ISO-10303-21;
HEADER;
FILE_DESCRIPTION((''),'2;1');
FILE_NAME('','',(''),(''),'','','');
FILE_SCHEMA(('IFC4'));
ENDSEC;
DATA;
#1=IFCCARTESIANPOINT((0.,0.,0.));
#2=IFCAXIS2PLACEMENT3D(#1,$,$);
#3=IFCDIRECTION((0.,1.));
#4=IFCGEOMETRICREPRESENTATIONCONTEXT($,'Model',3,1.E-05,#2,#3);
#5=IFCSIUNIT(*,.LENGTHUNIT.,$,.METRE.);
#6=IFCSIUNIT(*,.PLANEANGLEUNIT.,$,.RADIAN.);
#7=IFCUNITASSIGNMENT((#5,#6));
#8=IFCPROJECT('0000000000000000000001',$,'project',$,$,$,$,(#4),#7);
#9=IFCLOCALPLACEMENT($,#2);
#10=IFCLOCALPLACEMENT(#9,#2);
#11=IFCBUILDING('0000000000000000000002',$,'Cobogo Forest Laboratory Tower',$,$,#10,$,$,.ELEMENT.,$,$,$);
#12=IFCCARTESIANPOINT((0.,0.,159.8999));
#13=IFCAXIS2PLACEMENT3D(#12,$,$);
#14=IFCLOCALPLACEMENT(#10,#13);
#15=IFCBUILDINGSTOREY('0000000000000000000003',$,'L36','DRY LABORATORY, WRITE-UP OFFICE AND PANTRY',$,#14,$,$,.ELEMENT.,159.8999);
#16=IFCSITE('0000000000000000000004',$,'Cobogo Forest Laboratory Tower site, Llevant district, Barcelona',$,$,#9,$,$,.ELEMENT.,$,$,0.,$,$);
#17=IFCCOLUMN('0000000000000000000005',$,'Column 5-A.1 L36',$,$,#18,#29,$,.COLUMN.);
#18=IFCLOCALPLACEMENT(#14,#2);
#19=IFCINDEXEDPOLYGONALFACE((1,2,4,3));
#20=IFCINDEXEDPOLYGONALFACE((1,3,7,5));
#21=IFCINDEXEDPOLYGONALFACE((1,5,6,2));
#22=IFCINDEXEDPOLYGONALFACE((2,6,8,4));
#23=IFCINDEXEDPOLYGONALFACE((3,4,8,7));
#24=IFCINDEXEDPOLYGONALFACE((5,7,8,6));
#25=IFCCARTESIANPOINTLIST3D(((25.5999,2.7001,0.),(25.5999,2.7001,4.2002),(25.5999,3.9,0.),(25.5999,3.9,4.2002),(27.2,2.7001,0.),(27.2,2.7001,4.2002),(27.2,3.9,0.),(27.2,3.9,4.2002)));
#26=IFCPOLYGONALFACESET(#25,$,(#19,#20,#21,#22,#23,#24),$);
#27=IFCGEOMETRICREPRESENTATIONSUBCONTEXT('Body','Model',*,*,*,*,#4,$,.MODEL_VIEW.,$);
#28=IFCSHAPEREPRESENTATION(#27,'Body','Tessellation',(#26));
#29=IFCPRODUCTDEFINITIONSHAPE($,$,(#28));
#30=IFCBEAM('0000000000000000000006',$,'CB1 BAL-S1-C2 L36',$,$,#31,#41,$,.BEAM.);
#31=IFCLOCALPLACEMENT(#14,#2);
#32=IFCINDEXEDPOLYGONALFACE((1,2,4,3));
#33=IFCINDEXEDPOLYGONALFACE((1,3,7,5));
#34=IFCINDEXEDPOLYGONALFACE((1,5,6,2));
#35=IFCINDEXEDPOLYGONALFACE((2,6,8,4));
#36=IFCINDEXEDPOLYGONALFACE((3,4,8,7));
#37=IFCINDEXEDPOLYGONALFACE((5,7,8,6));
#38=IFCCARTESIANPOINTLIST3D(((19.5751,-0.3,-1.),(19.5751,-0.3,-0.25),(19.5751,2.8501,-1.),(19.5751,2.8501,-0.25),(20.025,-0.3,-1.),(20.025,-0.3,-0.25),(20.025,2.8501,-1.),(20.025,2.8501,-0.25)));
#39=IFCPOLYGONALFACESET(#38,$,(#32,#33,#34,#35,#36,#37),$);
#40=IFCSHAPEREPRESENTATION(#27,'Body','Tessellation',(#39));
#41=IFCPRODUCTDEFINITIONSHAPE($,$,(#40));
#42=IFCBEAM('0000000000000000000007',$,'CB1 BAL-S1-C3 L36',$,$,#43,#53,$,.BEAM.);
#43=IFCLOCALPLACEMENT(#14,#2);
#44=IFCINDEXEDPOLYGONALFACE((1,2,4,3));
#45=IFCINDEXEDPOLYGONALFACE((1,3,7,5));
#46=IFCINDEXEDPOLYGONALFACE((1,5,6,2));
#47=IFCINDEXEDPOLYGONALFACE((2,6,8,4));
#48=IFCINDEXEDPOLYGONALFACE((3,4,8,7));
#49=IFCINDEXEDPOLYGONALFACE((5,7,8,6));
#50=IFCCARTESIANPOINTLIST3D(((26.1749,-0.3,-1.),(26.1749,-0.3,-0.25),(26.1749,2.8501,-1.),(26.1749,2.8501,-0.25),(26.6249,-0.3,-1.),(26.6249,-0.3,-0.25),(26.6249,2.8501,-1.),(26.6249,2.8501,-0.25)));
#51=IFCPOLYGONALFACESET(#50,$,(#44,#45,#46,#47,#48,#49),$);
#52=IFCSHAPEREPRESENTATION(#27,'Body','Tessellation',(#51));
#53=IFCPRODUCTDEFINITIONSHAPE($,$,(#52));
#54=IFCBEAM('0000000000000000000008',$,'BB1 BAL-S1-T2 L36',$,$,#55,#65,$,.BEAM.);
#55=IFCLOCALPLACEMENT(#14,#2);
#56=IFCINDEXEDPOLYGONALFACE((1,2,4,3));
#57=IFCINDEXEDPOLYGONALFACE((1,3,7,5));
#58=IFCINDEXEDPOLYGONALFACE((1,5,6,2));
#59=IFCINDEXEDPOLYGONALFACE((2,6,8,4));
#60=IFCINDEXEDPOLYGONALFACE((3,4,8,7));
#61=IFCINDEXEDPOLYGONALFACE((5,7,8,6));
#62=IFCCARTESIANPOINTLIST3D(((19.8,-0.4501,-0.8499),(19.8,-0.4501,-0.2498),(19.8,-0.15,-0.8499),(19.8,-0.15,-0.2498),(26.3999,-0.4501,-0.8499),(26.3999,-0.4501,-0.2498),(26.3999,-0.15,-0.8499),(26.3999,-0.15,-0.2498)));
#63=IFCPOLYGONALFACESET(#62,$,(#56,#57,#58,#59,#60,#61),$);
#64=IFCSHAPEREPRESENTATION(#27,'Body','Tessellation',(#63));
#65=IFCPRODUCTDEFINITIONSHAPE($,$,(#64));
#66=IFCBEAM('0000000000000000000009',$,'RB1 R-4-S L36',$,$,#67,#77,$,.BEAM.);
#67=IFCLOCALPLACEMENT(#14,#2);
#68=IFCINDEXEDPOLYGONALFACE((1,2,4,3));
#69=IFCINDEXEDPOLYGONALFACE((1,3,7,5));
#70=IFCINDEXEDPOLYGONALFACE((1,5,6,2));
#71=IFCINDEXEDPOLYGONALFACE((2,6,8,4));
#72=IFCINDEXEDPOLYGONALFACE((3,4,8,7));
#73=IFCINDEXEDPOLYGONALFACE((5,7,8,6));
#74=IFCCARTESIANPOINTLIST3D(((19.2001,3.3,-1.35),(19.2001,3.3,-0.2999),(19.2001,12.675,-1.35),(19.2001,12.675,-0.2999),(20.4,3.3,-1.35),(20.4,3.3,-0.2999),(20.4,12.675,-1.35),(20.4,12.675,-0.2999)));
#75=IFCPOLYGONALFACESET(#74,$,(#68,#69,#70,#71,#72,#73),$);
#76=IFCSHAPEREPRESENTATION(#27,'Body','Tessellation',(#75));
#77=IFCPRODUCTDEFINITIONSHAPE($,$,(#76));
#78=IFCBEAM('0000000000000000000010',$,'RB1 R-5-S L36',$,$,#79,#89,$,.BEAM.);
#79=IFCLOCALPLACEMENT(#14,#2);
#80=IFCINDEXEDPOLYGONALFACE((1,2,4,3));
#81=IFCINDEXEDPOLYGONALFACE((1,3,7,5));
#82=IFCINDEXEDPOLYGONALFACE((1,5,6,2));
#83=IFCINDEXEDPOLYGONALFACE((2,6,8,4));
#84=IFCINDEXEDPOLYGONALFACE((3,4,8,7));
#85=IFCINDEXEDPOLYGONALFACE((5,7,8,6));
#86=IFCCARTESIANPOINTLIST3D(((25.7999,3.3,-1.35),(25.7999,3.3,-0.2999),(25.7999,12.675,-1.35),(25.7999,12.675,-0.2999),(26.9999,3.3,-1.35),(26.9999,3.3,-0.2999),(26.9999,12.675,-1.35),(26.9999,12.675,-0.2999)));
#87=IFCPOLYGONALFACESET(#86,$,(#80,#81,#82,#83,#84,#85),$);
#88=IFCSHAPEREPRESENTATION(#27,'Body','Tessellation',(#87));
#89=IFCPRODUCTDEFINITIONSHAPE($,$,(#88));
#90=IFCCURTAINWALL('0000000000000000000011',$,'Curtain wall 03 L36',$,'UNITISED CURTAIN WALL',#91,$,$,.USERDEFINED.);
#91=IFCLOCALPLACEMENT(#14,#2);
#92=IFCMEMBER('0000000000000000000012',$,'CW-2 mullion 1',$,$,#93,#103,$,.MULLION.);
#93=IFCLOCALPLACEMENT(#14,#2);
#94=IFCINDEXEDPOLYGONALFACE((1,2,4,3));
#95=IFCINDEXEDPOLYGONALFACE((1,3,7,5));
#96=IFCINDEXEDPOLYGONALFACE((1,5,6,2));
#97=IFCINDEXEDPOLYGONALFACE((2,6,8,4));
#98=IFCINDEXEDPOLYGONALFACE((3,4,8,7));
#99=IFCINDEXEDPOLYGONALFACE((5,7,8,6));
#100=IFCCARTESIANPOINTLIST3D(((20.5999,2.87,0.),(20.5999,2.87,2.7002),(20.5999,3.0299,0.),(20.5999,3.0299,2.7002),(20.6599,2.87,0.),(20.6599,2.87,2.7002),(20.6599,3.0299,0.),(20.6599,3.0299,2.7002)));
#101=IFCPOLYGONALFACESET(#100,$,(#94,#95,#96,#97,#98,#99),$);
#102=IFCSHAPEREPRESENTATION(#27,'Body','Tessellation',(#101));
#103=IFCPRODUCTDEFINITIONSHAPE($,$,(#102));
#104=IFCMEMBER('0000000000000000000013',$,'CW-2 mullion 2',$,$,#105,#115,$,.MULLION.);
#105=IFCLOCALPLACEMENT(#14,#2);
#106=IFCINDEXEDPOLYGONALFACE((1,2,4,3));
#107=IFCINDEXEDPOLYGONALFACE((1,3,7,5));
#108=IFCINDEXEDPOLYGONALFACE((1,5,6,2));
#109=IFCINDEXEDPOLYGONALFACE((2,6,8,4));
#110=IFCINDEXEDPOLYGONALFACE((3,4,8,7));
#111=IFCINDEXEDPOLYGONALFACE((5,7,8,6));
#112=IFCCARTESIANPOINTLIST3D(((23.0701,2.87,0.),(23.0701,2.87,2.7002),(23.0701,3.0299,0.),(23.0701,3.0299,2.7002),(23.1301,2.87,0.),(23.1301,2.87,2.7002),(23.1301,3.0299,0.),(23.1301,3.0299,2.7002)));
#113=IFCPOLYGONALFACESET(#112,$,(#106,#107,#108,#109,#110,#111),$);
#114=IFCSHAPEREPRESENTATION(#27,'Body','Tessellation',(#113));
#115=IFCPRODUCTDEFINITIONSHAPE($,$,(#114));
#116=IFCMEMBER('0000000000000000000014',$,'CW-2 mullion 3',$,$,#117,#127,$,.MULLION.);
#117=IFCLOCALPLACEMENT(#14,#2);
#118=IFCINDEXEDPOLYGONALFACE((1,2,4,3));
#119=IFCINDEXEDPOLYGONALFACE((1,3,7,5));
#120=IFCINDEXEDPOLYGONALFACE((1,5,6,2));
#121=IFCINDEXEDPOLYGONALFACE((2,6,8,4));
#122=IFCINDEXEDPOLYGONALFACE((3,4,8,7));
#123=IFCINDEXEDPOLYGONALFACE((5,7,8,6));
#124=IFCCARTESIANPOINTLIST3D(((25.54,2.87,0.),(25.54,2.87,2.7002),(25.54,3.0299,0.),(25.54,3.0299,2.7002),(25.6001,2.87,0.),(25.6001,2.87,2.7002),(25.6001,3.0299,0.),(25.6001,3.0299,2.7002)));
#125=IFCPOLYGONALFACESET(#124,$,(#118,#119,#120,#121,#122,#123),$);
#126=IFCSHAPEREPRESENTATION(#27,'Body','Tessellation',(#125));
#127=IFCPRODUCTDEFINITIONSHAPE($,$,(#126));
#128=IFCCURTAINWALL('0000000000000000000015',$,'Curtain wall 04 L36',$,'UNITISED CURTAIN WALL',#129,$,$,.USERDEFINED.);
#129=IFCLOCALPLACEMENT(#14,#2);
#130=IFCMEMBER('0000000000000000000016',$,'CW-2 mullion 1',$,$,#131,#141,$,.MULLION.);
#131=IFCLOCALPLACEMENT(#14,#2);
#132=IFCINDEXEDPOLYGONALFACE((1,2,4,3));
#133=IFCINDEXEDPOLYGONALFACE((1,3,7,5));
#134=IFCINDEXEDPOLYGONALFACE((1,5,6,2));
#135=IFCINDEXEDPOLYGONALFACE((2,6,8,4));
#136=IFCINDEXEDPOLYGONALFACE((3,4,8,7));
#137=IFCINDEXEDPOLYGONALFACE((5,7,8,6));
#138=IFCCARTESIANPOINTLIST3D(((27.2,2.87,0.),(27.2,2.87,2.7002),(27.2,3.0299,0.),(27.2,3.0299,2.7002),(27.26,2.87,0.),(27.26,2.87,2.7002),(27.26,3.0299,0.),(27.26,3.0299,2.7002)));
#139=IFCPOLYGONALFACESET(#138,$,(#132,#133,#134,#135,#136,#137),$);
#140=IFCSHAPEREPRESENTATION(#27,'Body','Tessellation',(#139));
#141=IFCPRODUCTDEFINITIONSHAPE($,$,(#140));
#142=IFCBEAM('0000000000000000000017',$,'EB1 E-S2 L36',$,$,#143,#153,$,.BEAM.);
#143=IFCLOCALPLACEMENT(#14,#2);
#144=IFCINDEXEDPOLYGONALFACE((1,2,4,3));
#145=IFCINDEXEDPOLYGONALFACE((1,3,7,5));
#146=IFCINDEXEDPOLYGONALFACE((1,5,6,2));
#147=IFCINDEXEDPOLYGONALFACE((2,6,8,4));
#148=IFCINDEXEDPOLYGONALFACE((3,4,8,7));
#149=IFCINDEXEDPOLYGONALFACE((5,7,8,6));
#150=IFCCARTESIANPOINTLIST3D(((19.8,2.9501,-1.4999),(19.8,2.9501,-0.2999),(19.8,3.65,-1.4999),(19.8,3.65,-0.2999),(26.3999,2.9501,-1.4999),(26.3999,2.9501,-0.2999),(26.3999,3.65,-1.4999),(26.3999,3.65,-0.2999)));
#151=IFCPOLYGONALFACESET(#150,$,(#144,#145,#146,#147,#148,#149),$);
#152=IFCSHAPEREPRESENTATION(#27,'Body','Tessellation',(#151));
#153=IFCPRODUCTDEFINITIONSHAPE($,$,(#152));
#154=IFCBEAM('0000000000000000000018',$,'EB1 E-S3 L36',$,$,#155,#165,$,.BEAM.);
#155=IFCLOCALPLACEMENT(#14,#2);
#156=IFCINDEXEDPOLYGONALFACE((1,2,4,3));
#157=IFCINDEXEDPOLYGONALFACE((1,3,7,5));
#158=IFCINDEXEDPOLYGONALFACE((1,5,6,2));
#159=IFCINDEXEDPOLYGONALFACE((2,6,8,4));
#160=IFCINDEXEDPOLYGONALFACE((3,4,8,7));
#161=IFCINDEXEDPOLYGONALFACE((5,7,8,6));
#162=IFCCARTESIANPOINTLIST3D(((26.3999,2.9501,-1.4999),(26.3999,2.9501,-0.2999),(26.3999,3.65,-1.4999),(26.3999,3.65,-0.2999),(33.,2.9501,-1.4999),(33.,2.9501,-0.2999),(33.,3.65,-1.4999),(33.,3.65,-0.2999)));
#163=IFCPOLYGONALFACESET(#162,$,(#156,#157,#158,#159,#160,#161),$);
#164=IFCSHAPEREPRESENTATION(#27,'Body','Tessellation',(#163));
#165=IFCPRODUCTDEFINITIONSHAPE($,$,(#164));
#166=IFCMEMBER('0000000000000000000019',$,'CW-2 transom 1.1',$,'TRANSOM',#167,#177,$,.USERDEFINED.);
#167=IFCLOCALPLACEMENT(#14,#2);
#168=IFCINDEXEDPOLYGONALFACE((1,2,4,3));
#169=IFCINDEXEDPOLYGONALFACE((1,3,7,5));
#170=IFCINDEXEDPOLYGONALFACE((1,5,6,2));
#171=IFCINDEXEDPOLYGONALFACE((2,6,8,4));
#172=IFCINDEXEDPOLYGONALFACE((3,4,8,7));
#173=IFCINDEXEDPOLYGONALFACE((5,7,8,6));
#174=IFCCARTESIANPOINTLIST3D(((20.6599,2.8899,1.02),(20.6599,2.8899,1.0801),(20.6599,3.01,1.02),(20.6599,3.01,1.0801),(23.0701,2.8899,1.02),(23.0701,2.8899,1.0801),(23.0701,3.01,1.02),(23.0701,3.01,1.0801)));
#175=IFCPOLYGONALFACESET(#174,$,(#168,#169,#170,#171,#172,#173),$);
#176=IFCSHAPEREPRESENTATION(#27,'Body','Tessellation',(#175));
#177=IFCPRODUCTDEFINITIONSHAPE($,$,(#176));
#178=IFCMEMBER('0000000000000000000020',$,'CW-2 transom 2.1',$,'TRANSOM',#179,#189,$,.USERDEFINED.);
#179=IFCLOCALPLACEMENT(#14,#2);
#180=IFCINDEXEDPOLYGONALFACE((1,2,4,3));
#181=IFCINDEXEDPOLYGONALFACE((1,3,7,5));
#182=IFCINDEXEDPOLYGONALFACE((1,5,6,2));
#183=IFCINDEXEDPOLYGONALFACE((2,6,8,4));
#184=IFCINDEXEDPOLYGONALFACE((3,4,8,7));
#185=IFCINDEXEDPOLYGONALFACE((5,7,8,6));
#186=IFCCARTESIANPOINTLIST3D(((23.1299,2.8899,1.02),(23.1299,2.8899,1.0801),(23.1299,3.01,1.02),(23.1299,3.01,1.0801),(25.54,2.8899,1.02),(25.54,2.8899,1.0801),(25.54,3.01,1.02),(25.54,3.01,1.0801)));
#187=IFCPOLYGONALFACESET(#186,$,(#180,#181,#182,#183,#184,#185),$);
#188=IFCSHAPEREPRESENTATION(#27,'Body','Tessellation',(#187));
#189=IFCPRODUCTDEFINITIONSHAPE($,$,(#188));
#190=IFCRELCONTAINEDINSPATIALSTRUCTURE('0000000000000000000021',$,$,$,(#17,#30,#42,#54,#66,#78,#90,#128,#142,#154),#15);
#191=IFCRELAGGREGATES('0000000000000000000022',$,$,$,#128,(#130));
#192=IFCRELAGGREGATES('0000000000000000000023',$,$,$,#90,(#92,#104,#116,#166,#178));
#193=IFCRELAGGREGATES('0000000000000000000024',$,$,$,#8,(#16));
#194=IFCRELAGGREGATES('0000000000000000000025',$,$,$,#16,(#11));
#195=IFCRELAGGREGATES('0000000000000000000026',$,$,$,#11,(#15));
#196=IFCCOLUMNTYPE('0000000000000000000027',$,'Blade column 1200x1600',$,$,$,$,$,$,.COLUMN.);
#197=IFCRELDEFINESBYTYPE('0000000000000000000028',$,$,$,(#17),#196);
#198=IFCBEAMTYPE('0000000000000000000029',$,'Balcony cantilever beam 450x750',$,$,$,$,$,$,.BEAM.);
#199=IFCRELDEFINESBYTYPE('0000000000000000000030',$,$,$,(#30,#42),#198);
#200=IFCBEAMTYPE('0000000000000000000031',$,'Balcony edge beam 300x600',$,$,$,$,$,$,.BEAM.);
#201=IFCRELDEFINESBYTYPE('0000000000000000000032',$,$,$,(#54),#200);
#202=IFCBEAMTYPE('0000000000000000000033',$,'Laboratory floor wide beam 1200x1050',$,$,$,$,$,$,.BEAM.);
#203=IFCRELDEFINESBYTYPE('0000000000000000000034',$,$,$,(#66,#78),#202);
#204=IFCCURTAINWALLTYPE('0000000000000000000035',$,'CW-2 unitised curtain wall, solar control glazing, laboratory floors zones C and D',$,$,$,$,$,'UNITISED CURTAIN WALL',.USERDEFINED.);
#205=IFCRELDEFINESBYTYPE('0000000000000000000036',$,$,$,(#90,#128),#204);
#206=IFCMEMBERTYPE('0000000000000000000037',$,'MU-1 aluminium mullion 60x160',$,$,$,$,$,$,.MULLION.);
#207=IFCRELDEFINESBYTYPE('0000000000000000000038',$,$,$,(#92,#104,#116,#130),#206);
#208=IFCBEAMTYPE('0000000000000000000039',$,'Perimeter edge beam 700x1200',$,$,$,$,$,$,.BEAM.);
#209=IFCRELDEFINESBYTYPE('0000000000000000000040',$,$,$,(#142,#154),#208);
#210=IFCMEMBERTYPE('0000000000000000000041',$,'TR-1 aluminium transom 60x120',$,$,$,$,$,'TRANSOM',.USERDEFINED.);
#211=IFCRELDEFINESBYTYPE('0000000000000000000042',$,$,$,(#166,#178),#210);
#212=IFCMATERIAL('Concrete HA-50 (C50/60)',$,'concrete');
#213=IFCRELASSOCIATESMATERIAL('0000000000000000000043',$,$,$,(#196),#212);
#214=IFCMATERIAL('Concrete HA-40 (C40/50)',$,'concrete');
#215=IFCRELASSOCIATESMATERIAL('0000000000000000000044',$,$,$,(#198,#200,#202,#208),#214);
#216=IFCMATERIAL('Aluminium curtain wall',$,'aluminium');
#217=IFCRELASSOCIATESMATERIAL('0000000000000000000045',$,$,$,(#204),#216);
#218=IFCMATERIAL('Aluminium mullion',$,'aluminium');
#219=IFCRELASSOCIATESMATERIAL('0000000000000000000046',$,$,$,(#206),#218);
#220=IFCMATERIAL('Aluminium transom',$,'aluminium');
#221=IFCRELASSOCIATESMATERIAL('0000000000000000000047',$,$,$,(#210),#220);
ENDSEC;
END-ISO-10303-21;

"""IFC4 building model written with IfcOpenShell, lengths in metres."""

from ifc_helpers import new_model, si_unit, direction, frame, origin, origin_2d, place, context, subcontext, project, spatial, rectangle, extrude, material, material_profile, profile_set, type_object, element, aggregate, save


model = new_model("IFC4")

# Units and contexts
model_context = context("Model", 3, precision=1e-05, world=origin(), true_north=direction((0.0, 1.0)))
body_context = subcontext(model_context, "Body", "Model", "MODEL_VIEW")
ifc_project = project(units=[si_unit("LENGTHUNIT", "METRE"), si_unit("PLANEANGLEUNIT", "RADIAN")], contexts=[model_context])

# Site, building, storey
site_placement = place(None, origin())
site = spatial("IfcSite", under=ifc_project, at=site_placement, Name="Cobogo Forest Laboratory Tower site, Llevant district, Barcelona", CompositionType="ELEMENT", RefElevation=0.0)
building_placement = place(site_placement, origin())
building = spatial("IfcBuilding", under=site, at=building_placement, Name="Cobogo Forest Laboratory Tower", CompositionType="ELEMENT")
storey_placement = place(building_placement, frame((0.0, 0.0, 159.8999)))
storey = spatial("IfcBuildingStorey", under=building, at=storey_placement, Name="L36", Description="DRY LABORATORY, WRITE-UP OFFICE AND PANTRY", CompositionType="ELEMENT", Elevation=159.8999)

# Column
ifc_material_1 = material(Name="Concrete HA-50 (C50/60)", Category="concrete")
ifc_material_profile_1 = material_profile(ifc_material_1, rectangle(XDim=1.6001, YDim=1.2, at=origin_2d()), Name="RC 1200x1600")
ifc_profile_set_1 = profile_set([ifc_material_profile_1], Name="Concrete HA-50 (C50/60)")
column_type = type_object("IfcColumnType", Name="Blade column 1200x1600", PredefinedType="COLUMN", material=ifc_profile_set_1)
column_placement = place(storey_placement, frame((26.3999, 3.3, 0.0), z_axis=(0.0, 0.0, 1.0), x_axis=(1.0, 0.0, 0.0)))
element("IfcColumn", 1, at=column_placement, inside=storey, type_object=column_type, Name="Column 5-A.1 L36", PredefinedType="COLUMN", context=body_context, shape_type="SweptSolid", body=[
    extrude(rectangle(XDim=1.6001, YDim=1.2, at=origin_2d()), origin(), (0.0, 0.0, 1.0), 4.2002),
])

# Beams
ifc_material_2 = material(Name="Concrete HA-40 (C40/50)", Category="concrete")
ifc_material_profile_2 = material_profile(ifc_material_2, rectangle(XDim=0.45, YDim=0.75, at=origin_2d()), Name="RC 450x750")
ifc_profile_set_2 = profile_set([ifc_material_profile_2], Name="Concrete HA-40 (C40/50)")
beam_type_1 = type_object("IfcBeamType", Name="Balcony cantilever beam 450x750", PredefinedType="BEAM", material=ifc_profile_set_2)
for number, where, z_axis, x_axis, name in (
    (2, (19.8, 2.8501, -0.625), (0.0, -1.0, 0.0), (1.0, 0.0, 0.0), "CB1 BAL-S1-C2 L36"),
    (3, (26.3999, 2.8501, -0.625), (0.0, -1.0, 0.0), (1.0, 0.0, 0.0), "CB1 BAL-S1-C3 L36"),
):
    element("IfcBeam", number, at=place(storey_placement, frame(where, z_axis=z_axis, x_axis=x_axis)), inside=storey, type_object=beam_type_1, Name=name, PredefinedType="BEAM", context=body_context, shape_type="SweptSolid", body=[
        extrude(rectangle(XDim=0.45, YDim=0.75, at=origin_2d()), origin(), (0.0, 0.0, 1.0), 3.1501),
    ])
ifc_material_profile_3 = material_profile(ifc_material_2, rectangle(XDim=0.3, YDim=0.6001, at=origin_2d()), Name="RC 300x600")
ifc_profile_set_3 = profile_set([ifc_material_profile_3], Name="Concrete HA-40 (C40/50)")
beam_type_2 = type_object("IfcBeamType", Name="Balcony edge beam 300x600", PredefinedType="BEAM", material=ifc_profile_set_3)
beam_1_placement = place(storey_placement, frame((19.8, -0.3, -0.5498), z_axis=(1.0, 0.0, 0.0), x_axis=(0.0, 1.0, 0.0)))
element("IfcBeam", 4, at=beam_1_placement, inside=storey, type_object=beam_type_2, Name="BB1 BAL-S1-T2 L36", PredefinedType="BEAM", context=body_context, shape_type="SweptSolid", body=[
    extrude(rectangle(XDim=0.3, YDim=0.6001, at=origin_2d()), origin(), (0.0, 0.0, 1.0), 6.5999),
])
ifc_material_profile_4 = material_profile(ifc_material_2, rectangle(XDim=1.2, YDim=1.05, at=origin_2d()), Name="RC 1200x1050")
ifc_profile_set_4 = profile_set([ifc_material_profile_4], Name="Concrete HA-40 (C40/50)")
beam_type_3 = type_object("IfcBeamType", Name="Laboratory floor wide beam 1200x1050", PredefinedType="BEAM", material=ifc_profile_set_4)
for number, where, z_axis, x_axis, name in (
    (5, (19.8, 12.675, -0.825), (0.0, -1.0, 0.0), (1.0, 0.0, 0.0), "RB1 R-4-S L36"),
    (6, (26.3999, 12.675, -0.825), (0.0, -1.0, 0.0), (1.0, 0.0, 0.0), "RB1 R-5-S L36"),
):
    element("IfcBeam", number, at=place(storey_placement, frame(where, z_axis=z_axis, x_axis=x_axis)), inside=storey, type_object=beam_type_3, Name=name, PredefinedType="BEAM", context=body_context, shape_type="SweptSolid", body=[
        extrude(rectangle(XDim=1.2, YDim=1.05, at=origin_2d()), origin(), (0.0, 0.0, 1.0), 9.375),
    ])

# Curtain wall, members
ifc_material_3 = material(Name="Aluminium curtain wall", Category="aluminium")
curtain_wall_type = type_object("IfcCurtainWallType", Name="CW-2 unitised curtain wall, solar control glazing, laboratory floors zones C and D", ElementType="UNITISED CURTAIN WALL", PredefinedType="USERDEFINED", material=ifc_material_3)
curtain_wall_1_placement = place(storey_placement, origin())
curtain_wall_1 = element("IfcCurtainWall", 7, at=curtain_wall_1_placement, inside=storey, type_object=curtain_wall_type, Name="Curtain wall 03 L36", ObjectType="UNITISED CURTAIN WALL", PredefinedType="USERDEFINED")
ifc_material_4 = material(Name="Aluminium mullion", Category="aluminium")
ifc_material_profile_5 = material_profile(ifc_material_4, rectangle(XDim=0.0601, YDim=0.1599, at=origin_2d()), Name="AL 60x160")
ifc_profile_set_5 = profile_set([ifc_material_profile_5], Name="Aluminium mullion")
member_type_1 = type_object("IfcMemberType", Name="MU-1 aluminium mullion 60x160", PredefinedType="MULLION", material=ifc_profile_set_5)
member_1_placement = place(storey_placement, frame((20.6299, 2.95, 0.0), z_axis=(0.0, 0.0, 1.0), x_axis=(1.0, 0.0, 0.0)))
member_1 = element("IfcMember", 8, at=member_1_placement, type_object=member_type_1, Name="CW-2 mullion 1", PredefinedType="MULLION", context=body_context, shape_type="SweptSolid", body=[
    extrude(rectangle(XDim=0.0601, YDim=0.1599, at=origin_2d()), origin(), (0.0, 0.0, 1.0), 2.7002),
])
member_2_placement = place(storey_placement, frame((23.1001, 2.95, 0.0), z_axis=(0.0, 0.0, 1.0), x_axis=(1.0, 0.0, 0.0)))
member_2 = element("IfcMember", 9, at=member_2_placement, type_object=member_type_1, Name="CW-2 mullion 2", PredefinedType="MULLION", context=body_context, shape_type="SweptSolid", body=[
    extrude(rectangle(XDim=0.0601, YDim=0.1599, at=origin_2d()), origin(), (0.0, 0.0, 1.0), 2.7002),
])
member_3_placement = place(storey_placement, frame((25.5701, 2.95, 0.0), z_axis=(0.0, 0.0, 1.0), x_axis=(1.0, 0.0, 0.0)))
member_3 = element("IfcMember", 10, at=member_3_placement, type_object=member_type_1, Name="CW-2 mullion 3", PredefinedType="MULLION", context=body_context, shape_type="SweptSolid", body=[
    extrude(rectangle(XDim=0.0601, YDim=0.1599, at=origin_2d()), origin(), (0.0, 0.0, 1.0), 2.7002),
])

# Curtain wall, member
curtain_wall_2_placement = place(storey_placement, origin())
curtain_wall_2 = element("IfcCurtainWall", 11, at=curtain_wall_2_placement, inside=storey, type_object=curtain_wall_type, Name="Curtain wall 04 L36", ObjectType="UNITISED CURTAIN WALL", PredefinedType="USERDEFINED")
member_4_placement = place(storey_placement, frame((27.23, 2.95, 0.0), z_axis=(0.0, 0.0, 1.0), x_axis=(1.0, 0.0, 0.0)))
member_4 = element("IfcMember", 12, at=member_4_placement, type_object=member_type_1, Name="CW-2 mullion 1", PredefinedType="MULLION", context=body_context, shape_type="SweptSolid", body=[
    extrude(rectangle(XDim=0.0601, YDim=0.1599, at=origin_2d()), origin(), (0.0, 0.0, 1.0), 2.7002),
])

# Beams
ifc_material_profile_6 = material_profile(ifc_material_2, rectangle(XDim=0.7, YDim=1.2, at=origin_2d()), Name="RC 700x1200")
ifc_profile_set_6 = profile_set([ifc_material_profile_6], Name="Concrete HA-40 (C40/50)")
beam_type_4 = type_object("IfcBeamType", Name="Perimeter edge beam 700x1200", PredefinedType="BEAM", material=ifc_profile_set_6)
beam_2_placement = place(storey_placement, frame((19.8, 3.3, -0.8999), z_axis=(1.0, 0.0, 0.0), x_axis=(0.0, 1.0, 0.0)))
element("IfcBeam", 13, at=beam_2_placement, inside=storey, type_object=beam_type_4, Name="EB1 E-S2 L36", PredefinedType="BEAM", context=body_context, shape_type="SweptSolid", body=[
    extrude(rectangle(XDim=0.7, YDim=1.2, at=origin_2d()), origin(), (0.0, 0.0, 1.0), 6.5999),
])
beam_3_placement = place(storey_placement, frame((26.3999, 3.3, -0.8999), z_axis=(1.0, 0.0, 0.0), x_axis=(0.0, 1.0, 0.0)))
element("IfcBeam", 14, at=beam_3_placement, inside=storey, type_object=beam_type_4, Name="EB1 E-S3 L36", PredefinedType="BEAM", context=body_context, shape_type="SweptSolid", body=[
    extrude(rectangle(XDim=0.7, YDim=1.2, at=origin_2d()), origin(), (0.0, 0.0, 1.0), 6.6001),
])

# Members
ifc_material_5 = material(Name="Aluminium transom", Category="aluminium")
ifc_material_profile_7 = material_profile(ifc_material_5, rectangle(XDim=0.1201, YDim=0.0601, at=origin_2d()), Name="AL 60x120")
ifc_profile_set_7 = profile_set([ifc_material_profile_7], Name="Aluminium transom")
member_type_2 = type_object("IfcMemberType", Name="TR-1 aluminium transom 60x120", ElementType="TRANSOM", PredefinedType="USERDEFINED", material=ifc_profile_set_7)
member_5_placement = place(storey_placement, frame((20.6599, 2.95, 1.05), z_axis=(1.0, 0.0, 0.0), x_axis=(0.0, 1.0, 0.0)))
member_5 = element("IfcMember", 15, at=member_5_placement, type_object=member_type_2, Name="CW-2 transom 1.1", ObjectType="TRANSOM", PredefinedType="USERDEFINED", context=body_context, shape_type="SweptSolid", body=[
    extrude(rectangle(XDim=0.1201, YDim=0.0601, at=origin_2d()), origin(), (0.0, 0.0, 1.0), 2.4102),
])
member_6_placement = place(storey_placement, frame((23.1299, 2.95, 1.05), z_axis=(1.0, 0.0, 0.0), x_axis=(0.0, 1.0, 0.0)))
member_6 = element("IfcMember", 16, at=member_6_placement, type_object=member_type_2, Name="CW-2 transom 2.1", ObjectType="TRANSOM", PredefinedType="USERDEFINED", context=body_context, shape_type="SweptSolid", body=[
    extrude(rectangle(XDim=0.1201, YDim=0.0601, at=origin_2d()), origin(), (0.0, 0.0, 1.0), 2.4102),
])
aggregate(curtain_wall_2, [member_4])

aggregate(curtain_wall_1, [member_1, member_2, member_3, member_5, member_6])

save(model, "model.ifc")
